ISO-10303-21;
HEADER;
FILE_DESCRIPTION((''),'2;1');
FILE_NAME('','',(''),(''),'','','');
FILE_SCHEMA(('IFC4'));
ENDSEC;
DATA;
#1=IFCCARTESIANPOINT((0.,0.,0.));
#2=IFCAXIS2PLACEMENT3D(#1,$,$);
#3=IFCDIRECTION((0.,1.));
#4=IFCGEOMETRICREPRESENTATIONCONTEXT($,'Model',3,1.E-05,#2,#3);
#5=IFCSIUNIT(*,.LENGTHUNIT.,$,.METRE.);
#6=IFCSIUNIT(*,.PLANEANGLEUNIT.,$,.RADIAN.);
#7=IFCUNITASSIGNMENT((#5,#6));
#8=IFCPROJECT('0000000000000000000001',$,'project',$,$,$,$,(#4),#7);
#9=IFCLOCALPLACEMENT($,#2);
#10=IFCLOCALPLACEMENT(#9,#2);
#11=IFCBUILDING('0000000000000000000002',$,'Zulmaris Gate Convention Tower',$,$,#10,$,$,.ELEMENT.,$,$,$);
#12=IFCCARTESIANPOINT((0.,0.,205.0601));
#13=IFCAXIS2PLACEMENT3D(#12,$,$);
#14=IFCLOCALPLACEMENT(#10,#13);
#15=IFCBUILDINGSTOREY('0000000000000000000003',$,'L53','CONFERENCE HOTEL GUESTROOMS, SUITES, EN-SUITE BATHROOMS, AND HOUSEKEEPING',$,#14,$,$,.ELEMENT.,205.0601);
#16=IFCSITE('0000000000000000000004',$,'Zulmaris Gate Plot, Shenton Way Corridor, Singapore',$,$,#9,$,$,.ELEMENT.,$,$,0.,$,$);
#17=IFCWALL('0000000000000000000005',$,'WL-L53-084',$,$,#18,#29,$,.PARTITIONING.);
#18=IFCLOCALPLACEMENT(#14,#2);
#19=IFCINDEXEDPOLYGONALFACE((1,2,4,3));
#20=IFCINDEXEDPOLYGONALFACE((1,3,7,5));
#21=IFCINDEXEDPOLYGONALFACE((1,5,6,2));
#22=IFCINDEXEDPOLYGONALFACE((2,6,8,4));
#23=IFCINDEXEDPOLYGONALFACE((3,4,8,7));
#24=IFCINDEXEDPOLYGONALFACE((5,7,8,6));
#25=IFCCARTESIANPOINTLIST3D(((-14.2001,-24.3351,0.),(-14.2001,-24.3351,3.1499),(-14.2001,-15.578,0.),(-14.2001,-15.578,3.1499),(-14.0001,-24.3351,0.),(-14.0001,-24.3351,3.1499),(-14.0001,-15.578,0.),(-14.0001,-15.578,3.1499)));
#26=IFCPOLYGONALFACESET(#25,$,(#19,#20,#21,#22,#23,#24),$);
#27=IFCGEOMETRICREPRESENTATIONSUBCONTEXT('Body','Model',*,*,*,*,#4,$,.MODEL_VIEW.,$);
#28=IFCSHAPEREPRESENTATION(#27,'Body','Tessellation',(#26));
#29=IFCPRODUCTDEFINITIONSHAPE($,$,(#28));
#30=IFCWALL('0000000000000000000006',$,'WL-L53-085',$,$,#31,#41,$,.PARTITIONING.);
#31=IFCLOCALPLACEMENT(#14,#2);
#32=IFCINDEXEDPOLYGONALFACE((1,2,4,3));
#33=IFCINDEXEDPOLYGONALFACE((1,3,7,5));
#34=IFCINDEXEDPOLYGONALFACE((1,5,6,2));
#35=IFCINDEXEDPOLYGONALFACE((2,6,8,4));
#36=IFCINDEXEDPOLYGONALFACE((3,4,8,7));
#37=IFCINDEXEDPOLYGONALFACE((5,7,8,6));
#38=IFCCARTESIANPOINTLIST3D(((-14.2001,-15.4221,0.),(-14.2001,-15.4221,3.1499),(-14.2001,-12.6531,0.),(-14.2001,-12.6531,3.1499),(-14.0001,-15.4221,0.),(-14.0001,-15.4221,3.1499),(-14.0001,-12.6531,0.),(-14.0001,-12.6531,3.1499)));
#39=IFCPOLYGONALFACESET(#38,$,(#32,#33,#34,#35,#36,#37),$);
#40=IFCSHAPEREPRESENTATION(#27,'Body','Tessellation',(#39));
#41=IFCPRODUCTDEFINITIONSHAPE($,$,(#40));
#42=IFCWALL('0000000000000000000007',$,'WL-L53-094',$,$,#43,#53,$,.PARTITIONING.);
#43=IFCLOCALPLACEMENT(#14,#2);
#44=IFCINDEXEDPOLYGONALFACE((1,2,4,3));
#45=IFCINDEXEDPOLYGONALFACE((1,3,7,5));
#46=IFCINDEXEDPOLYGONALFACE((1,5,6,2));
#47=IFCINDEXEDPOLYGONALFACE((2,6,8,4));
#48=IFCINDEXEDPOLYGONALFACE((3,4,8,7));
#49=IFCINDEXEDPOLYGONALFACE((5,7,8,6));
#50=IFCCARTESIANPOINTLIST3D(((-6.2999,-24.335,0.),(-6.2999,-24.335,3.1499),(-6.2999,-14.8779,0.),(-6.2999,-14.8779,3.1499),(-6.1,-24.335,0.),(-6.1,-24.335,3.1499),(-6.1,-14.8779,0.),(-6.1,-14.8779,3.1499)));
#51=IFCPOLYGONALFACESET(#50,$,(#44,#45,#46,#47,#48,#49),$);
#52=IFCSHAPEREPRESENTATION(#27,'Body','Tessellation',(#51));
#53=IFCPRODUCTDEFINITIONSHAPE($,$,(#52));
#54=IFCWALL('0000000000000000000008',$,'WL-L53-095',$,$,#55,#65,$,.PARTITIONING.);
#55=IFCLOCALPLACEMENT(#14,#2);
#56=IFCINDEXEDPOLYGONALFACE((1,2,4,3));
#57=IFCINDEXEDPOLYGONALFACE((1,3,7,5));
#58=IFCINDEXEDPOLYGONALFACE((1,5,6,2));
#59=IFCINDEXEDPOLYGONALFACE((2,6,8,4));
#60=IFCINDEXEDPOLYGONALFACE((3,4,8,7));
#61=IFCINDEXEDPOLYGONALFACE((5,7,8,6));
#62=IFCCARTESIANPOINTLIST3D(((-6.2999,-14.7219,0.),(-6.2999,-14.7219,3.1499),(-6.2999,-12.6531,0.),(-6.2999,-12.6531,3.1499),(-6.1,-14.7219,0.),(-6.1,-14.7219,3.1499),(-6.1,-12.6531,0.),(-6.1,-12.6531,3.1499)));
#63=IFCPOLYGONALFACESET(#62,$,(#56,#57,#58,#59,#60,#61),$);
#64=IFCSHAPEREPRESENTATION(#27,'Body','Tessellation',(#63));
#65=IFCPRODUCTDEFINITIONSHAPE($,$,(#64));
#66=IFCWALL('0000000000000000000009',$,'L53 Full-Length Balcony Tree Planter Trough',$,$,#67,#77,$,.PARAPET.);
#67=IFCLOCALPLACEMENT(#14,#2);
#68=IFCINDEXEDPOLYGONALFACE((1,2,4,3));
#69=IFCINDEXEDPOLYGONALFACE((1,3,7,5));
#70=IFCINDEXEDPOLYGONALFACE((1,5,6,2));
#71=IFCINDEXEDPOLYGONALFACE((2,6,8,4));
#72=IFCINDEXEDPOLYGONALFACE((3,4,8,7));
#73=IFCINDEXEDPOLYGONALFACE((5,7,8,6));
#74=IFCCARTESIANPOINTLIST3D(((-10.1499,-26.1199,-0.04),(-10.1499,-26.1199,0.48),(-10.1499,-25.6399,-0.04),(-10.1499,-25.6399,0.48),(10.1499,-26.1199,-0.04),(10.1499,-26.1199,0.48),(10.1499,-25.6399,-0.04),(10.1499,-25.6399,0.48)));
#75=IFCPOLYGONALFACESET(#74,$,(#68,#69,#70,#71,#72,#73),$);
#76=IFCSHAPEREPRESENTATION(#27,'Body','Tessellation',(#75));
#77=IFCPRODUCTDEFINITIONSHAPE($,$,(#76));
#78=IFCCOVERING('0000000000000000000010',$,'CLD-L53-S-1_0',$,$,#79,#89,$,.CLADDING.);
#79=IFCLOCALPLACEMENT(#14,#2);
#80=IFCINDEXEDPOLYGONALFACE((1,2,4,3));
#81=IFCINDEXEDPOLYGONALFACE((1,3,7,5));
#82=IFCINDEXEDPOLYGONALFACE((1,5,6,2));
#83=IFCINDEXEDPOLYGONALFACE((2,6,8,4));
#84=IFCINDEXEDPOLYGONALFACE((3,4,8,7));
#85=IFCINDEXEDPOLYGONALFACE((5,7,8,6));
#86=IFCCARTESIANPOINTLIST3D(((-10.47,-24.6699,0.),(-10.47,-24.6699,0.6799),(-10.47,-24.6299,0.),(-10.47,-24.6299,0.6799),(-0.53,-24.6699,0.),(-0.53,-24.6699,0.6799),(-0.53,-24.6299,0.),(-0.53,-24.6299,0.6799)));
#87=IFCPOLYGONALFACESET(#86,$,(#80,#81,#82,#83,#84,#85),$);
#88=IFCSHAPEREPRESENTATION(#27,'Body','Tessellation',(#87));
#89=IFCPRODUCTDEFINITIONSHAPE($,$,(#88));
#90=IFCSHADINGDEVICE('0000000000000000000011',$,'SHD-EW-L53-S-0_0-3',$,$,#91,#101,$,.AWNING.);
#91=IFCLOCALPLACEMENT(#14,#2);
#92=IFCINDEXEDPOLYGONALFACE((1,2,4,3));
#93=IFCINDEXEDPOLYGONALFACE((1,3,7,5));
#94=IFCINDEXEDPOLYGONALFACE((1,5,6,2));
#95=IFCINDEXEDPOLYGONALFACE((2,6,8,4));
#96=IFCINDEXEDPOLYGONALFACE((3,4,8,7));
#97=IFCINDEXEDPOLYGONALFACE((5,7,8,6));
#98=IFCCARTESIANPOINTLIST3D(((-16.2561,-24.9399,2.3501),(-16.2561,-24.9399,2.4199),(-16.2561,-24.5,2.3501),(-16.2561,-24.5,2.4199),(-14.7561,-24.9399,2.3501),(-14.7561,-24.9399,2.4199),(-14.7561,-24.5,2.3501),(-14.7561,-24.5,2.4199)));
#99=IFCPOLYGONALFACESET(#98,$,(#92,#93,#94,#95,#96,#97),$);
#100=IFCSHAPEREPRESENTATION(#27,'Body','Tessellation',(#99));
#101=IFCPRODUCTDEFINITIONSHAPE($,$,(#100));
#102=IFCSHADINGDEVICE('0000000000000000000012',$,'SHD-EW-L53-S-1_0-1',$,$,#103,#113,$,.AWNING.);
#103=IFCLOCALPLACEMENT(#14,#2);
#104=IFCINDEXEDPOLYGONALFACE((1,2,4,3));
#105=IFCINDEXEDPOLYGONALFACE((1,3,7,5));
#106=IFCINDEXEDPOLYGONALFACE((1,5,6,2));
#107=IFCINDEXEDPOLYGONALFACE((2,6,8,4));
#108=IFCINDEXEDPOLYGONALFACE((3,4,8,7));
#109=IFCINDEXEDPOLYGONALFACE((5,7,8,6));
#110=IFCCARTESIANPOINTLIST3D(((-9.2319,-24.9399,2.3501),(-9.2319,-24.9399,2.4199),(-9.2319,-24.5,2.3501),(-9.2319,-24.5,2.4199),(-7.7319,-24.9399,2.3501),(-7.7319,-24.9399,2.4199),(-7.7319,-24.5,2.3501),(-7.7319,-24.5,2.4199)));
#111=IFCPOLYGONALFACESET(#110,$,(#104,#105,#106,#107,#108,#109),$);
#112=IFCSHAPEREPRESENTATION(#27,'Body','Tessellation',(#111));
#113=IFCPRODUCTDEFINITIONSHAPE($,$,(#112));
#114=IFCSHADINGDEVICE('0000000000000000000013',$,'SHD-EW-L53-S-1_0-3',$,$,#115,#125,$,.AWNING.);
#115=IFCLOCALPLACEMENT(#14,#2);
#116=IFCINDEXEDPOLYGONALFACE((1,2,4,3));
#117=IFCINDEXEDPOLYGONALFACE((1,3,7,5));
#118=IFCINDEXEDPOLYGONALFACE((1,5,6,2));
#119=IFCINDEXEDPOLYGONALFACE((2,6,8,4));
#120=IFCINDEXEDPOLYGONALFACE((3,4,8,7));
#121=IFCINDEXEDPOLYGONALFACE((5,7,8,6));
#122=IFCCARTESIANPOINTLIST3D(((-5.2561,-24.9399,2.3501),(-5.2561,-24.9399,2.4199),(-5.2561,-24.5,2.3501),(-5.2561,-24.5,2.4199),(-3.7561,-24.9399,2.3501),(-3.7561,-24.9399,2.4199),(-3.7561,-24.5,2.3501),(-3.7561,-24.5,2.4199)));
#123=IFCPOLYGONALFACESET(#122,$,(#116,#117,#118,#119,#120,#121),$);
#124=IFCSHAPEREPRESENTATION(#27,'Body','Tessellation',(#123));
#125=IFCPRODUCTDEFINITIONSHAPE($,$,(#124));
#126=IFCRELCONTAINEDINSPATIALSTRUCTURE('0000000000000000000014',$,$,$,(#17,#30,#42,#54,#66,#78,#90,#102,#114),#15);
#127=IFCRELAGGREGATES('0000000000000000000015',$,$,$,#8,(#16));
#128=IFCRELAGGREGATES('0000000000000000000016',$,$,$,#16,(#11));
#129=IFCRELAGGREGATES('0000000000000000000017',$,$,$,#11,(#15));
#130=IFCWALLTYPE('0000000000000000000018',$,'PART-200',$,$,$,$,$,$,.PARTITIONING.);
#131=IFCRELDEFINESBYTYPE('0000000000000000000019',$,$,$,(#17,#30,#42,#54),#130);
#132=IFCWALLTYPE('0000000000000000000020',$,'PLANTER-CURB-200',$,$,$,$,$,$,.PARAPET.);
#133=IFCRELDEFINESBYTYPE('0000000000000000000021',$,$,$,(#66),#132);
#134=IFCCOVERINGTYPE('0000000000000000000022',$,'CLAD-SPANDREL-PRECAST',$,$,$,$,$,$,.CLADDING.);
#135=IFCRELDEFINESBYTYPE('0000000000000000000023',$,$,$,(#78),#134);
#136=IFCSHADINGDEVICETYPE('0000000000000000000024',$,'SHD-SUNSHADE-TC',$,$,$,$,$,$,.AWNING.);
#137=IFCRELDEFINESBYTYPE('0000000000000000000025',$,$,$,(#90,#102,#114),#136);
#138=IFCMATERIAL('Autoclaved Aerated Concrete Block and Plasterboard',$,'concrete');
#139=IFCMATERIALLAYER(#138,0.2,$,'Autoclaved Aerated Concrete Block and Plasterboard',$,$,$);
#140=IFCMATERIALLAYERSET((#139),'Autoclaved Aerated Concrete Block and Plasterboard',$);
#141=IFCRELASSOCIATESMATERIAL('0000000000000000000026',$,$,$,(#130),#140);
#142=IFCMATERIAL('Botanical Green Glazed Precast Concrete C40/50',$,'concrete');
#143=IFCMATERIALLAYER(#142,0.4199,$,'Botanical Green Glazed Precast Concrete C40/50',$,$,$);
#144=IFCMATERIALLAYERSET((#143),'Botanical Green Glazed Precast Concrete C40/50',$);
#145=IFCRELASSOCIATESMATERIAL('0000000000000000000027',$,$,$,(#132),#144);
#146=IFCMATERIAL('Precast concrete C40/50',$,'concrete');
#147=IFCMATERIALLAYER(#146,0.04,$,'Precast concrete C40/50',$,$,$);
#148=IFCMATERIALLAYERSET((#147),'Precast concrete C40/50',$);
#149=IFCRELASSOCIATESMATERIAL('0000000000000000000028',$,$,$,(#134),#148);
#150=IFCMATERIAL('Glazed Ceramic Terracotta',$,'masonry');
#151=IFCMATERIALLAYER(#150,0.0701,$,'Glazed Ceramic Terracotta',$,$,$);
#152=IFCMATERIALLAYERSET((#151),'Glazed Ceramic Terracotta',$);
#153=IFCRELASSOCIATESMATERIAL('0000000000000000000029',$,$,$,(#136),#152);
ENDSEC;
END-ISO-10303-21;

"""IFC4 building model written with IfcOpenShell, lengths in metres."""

from ifc_helpers import new_model, si_unit, direction, frame, frame_2d, origin, place, context, subcontext, project, spatial, rectangle, extrude, material, layer, layer_set, type_object, element, save


model = new_model("IFC4")

# Units and contexts
model_context = context("Model", 3, precision=1e-05, world=origin(), true_north=direction((0.0, 1.0)))
body_context = subcontext(model_context, "Body", "Model", "MODEL_VIEW")
ifc_project = project(units=[si_unit("LENGTHUNIT", "METRE"), si_unit("PLANEANGLEUNIT", "RADIAN")], contexts=[model_context])

# Site, building, storey
site_placement = place(None, origin())
site = spatial("IfcSite", under=ifc_project, at=site_placement, Name="Zulmaris Gate Plot, Shenton Way Corridor, Singapore", CompositionType="ELEMENT", RefElevation=0.0)
building_placement = place(site_placement, origin())
building = spatial("IfcBuilding", under=site, at=building_placement, Name="Zulmaris Gate Convention Tower", CompositionType="ELEMENT")
storey_placement = place(building_placement, frame((0.0, 0.0, 205.0601)))
storey = spatial("IfcBuildingStorey", under=building, at=storey_placement, Name="L53", Description="CONFERENCE HOTEL GUESTROOMS, SUITES, EN-SUITE BATHROOMS, AND HOUSEKEEPING", CompositionType="ELEMENT", Elevation=205.0601)

# Walls
ifc_material_1 = material(Name="Autoclaved Aerated Concrete Block and Plasterboard", Category="concrete")
ifc_layer_1 = layer(ifc_material_1, 0.2, Name="Autoclaved Aerated Concrete Block and Plasterboard")
ifc_layer_set_1 = layer_set([ifc_layer_1], Name="Autoclaved Aerated Concrete Block and Plasterboard")
wall_type_1 = type_object("IfcWallType", Name="PART-200", PredefinedType="PARTITIONING", material=ifc_layer_set_1)
wall_1_placement = place(storey_placement, frame((-14.1001, -24.335, 0.0), z_axis=(0.0, 0.0, 1.0), x_axis=(0.0, 1.0, 0.0)))
element("IfcWall", 1, at=wall_1_placement, inside=storey, type_object=wall_type_1, Name="WL-L53-084", PredefinedType="PARTITIONING", context=body_context, shape_type="SweptSolid", body=[
    extrude(rectangle(XDim=8.7571, YDim=0.2, at=frame_2d((4.3784, 0.0))), origin(), (0.0, 0.0, 1.0), 3.1499),
])
wall_2_placement = place(storey_placement, frame((-14.1001, -15.4221, 0.0), z_axis=(0.0, 0.0, 1.0), x_axis=(0.0, 1.0, 0.0)))
element("IfcWall", 2, at=wall_2_placement, inside=storey, type_object=wall_type_1, Name="WL-L53-085", PredefinedType="PARTITIONING", context=body_context, shape_type="SweptSolid", body=[
    extrude(rectangle(XDim=2.769, YDim=0.2, at=frame_2d((1.3845, 0.0))), origin(), (0.0, 0.0, 1.0), 3.1499),
])
wall_3_placement = place(storey_placement, frame((-6.2, -24.335, 0.0), z_axis=(0.0, 0.0, 1.0), x_axis=(0.0, 1.0, 0.0)))
element("IfcWall", 3, at=wall_3_placement, inside=storey, type_object=wall_type_1, Name="WL-L53-094", PredefinedType="PARTITIONING", context=body_context, shape_type="SweptSolid", body=[
    extrude(rectangle(XDim=9.457, YDim=0.2, at=frame_2d((4.7285, 0.0))), origin(), (0.0, 0.0, 1.0), 3.1499),
])
wall_4_placement = place(storey_placement, frame((-6.2, -14.7219, 0.0), z_axis=(0.0, 0.0, 1.0), x_axis=(0.0, 1.0, 0.0)))
element("IfcWall", 4, at=wall_4_placement, inside=storey, type_object=wall_type_1, Name="WL-L53-095", PredefinedType="PARTITIONING", context=body_context, shape_type="SweptSolid", body=[
    extrude(rectangle(XDim=2.0688, YDim=0.2, at=frame_2d((1.0344, 0.0))), origin(), (0.0, 0.0, 1.0), 3.1499),
])
ifc_material_2 = material(Name="Botanical Green Glazed Precast Concrete C40/50", Category="concrete")
ifc_layer_2 = layer(ifc_material_2, 0.4199, Name="Botanical Green Glazed Precast Concrete C40/50")
ifc_layer_set_2 = layer_set([ifc_layer_2], Name="Botanical Green Glazed Precast Concrete C40/50")
wall_type_2 = type_object("IfcWallType", Name="PLANTER-CURB-200", PredefinedType="PARAPET", material=ifc_layer_set_2)
wall_5_placement = place(storey_placement, frame((-10.1499, -25.8799, -0.04), z_axis=(0.0, 0.0, 1.0), x_axis=(1.0, 0.0, 0.0)))
element("IfcWall", 5, at=wall_5_placement, inside=storey, type_object=wall_type_2, Name="L53 Full-Length Balcony Tree Planter Trough", PredefinedType="PARAPET", context=body_context, shape_type="SweptSolid", body=[
    extrude(rectangle(XDim=20.2998, YDim=0.48, at=frame_2d((10.1499, 0.0))), origin(), (0.0, 0.0, 1.0), 0.52),
])

# Shared definitions
ifc_material_3 = material(Name="Precast concrete C40/50", Category="concrete")

# Covering
ifc_layer_3 = layer(ifc_material_3, 0.04, Name="Precast concrete C40/50")
ifc_layer_set_3 = layer_set([ifc_layer_3], Name="Precast concrete C40/50")
covering_type = type_object("IfcCoveringType", Name="CLAD-SPANDREL-PRECAST", PredefinedType="CLADDING", material=ifc_layer_set_3)
covering_placement = place(storey_placement, frame((-10.47, -24.6499, 0.0), z_axis=(0.0, 0.0, 1.0), x_axis=(1.0, 0.0, 0.0)))
element("IfcCovering", 6, at=covering_placement, inside=storey, type_object=covering_type, Name="CLD-L53-S-1_0", PredefinedType="CLADDING", context=body_context, shape_type="SweptSolid", body=[
    extrude(rectangle(XDim=9.9399, YDim=0.04, at=frame_2d((4.97, 0.0))), origin(), (0.0, 0.0, 1.0), 0.6799),
])

# Shading devices
ifc_material_4 = material(Name="Glazed Ceramic Terracotta", Category="masonry")
ifc_layer_4 = layer(ifc_material_4, 0.0701, Name="Glazed Ceramic Terracotta")
ifc_layer_set_4 = layer_set([ifc_layer_4], Name="Glazed Ceramic Terracotta")
shading_device_type = type_object("IfcShadingDeviceType", Name="SHD-SUNSHADE-TC", PredefinedType="AWNING", material=ifc_layer_set_4)
for number, where, z_axis, x_axis, name in (
    (7, (-16.2561, -24.72, 2.3501), (0.0, 0.0, 1.0), (1.0, 0.0, 0.0), "SHD-EW-L53-S-0_0-3"),
    (8, (-9.2319, -24.72, 2.3501), (0.0, 0.0, 1.0), (1.0, 0.0, 0.0), "SHD-EW-L53-S-1_0-1"),
    (9, (-5.2561, -24.72, 2.3501), (0.0, 0.0, 1.0), (1.0, 0.0, 0.0), "SHD-EW-L53-S-1_0-3"),
):
    element("IfcShadingDevice", number, at=place(storey_placement, frame(where, z_axis=z_axis, x_axis=x_axis)), inside=storey, type_object=shading_device_type, Name=name, PredefinedType="AWNING", context=body_context, shape_type="SweptSolid", body=[
        extrude(rectangle(XDim=1.5, YDim=0.4399, at=frame_2d((0.75, 0.0))), origin(), (0.0, 0.0, 1.0), 0.0698),
    ])

save(model, "model.ifc")
